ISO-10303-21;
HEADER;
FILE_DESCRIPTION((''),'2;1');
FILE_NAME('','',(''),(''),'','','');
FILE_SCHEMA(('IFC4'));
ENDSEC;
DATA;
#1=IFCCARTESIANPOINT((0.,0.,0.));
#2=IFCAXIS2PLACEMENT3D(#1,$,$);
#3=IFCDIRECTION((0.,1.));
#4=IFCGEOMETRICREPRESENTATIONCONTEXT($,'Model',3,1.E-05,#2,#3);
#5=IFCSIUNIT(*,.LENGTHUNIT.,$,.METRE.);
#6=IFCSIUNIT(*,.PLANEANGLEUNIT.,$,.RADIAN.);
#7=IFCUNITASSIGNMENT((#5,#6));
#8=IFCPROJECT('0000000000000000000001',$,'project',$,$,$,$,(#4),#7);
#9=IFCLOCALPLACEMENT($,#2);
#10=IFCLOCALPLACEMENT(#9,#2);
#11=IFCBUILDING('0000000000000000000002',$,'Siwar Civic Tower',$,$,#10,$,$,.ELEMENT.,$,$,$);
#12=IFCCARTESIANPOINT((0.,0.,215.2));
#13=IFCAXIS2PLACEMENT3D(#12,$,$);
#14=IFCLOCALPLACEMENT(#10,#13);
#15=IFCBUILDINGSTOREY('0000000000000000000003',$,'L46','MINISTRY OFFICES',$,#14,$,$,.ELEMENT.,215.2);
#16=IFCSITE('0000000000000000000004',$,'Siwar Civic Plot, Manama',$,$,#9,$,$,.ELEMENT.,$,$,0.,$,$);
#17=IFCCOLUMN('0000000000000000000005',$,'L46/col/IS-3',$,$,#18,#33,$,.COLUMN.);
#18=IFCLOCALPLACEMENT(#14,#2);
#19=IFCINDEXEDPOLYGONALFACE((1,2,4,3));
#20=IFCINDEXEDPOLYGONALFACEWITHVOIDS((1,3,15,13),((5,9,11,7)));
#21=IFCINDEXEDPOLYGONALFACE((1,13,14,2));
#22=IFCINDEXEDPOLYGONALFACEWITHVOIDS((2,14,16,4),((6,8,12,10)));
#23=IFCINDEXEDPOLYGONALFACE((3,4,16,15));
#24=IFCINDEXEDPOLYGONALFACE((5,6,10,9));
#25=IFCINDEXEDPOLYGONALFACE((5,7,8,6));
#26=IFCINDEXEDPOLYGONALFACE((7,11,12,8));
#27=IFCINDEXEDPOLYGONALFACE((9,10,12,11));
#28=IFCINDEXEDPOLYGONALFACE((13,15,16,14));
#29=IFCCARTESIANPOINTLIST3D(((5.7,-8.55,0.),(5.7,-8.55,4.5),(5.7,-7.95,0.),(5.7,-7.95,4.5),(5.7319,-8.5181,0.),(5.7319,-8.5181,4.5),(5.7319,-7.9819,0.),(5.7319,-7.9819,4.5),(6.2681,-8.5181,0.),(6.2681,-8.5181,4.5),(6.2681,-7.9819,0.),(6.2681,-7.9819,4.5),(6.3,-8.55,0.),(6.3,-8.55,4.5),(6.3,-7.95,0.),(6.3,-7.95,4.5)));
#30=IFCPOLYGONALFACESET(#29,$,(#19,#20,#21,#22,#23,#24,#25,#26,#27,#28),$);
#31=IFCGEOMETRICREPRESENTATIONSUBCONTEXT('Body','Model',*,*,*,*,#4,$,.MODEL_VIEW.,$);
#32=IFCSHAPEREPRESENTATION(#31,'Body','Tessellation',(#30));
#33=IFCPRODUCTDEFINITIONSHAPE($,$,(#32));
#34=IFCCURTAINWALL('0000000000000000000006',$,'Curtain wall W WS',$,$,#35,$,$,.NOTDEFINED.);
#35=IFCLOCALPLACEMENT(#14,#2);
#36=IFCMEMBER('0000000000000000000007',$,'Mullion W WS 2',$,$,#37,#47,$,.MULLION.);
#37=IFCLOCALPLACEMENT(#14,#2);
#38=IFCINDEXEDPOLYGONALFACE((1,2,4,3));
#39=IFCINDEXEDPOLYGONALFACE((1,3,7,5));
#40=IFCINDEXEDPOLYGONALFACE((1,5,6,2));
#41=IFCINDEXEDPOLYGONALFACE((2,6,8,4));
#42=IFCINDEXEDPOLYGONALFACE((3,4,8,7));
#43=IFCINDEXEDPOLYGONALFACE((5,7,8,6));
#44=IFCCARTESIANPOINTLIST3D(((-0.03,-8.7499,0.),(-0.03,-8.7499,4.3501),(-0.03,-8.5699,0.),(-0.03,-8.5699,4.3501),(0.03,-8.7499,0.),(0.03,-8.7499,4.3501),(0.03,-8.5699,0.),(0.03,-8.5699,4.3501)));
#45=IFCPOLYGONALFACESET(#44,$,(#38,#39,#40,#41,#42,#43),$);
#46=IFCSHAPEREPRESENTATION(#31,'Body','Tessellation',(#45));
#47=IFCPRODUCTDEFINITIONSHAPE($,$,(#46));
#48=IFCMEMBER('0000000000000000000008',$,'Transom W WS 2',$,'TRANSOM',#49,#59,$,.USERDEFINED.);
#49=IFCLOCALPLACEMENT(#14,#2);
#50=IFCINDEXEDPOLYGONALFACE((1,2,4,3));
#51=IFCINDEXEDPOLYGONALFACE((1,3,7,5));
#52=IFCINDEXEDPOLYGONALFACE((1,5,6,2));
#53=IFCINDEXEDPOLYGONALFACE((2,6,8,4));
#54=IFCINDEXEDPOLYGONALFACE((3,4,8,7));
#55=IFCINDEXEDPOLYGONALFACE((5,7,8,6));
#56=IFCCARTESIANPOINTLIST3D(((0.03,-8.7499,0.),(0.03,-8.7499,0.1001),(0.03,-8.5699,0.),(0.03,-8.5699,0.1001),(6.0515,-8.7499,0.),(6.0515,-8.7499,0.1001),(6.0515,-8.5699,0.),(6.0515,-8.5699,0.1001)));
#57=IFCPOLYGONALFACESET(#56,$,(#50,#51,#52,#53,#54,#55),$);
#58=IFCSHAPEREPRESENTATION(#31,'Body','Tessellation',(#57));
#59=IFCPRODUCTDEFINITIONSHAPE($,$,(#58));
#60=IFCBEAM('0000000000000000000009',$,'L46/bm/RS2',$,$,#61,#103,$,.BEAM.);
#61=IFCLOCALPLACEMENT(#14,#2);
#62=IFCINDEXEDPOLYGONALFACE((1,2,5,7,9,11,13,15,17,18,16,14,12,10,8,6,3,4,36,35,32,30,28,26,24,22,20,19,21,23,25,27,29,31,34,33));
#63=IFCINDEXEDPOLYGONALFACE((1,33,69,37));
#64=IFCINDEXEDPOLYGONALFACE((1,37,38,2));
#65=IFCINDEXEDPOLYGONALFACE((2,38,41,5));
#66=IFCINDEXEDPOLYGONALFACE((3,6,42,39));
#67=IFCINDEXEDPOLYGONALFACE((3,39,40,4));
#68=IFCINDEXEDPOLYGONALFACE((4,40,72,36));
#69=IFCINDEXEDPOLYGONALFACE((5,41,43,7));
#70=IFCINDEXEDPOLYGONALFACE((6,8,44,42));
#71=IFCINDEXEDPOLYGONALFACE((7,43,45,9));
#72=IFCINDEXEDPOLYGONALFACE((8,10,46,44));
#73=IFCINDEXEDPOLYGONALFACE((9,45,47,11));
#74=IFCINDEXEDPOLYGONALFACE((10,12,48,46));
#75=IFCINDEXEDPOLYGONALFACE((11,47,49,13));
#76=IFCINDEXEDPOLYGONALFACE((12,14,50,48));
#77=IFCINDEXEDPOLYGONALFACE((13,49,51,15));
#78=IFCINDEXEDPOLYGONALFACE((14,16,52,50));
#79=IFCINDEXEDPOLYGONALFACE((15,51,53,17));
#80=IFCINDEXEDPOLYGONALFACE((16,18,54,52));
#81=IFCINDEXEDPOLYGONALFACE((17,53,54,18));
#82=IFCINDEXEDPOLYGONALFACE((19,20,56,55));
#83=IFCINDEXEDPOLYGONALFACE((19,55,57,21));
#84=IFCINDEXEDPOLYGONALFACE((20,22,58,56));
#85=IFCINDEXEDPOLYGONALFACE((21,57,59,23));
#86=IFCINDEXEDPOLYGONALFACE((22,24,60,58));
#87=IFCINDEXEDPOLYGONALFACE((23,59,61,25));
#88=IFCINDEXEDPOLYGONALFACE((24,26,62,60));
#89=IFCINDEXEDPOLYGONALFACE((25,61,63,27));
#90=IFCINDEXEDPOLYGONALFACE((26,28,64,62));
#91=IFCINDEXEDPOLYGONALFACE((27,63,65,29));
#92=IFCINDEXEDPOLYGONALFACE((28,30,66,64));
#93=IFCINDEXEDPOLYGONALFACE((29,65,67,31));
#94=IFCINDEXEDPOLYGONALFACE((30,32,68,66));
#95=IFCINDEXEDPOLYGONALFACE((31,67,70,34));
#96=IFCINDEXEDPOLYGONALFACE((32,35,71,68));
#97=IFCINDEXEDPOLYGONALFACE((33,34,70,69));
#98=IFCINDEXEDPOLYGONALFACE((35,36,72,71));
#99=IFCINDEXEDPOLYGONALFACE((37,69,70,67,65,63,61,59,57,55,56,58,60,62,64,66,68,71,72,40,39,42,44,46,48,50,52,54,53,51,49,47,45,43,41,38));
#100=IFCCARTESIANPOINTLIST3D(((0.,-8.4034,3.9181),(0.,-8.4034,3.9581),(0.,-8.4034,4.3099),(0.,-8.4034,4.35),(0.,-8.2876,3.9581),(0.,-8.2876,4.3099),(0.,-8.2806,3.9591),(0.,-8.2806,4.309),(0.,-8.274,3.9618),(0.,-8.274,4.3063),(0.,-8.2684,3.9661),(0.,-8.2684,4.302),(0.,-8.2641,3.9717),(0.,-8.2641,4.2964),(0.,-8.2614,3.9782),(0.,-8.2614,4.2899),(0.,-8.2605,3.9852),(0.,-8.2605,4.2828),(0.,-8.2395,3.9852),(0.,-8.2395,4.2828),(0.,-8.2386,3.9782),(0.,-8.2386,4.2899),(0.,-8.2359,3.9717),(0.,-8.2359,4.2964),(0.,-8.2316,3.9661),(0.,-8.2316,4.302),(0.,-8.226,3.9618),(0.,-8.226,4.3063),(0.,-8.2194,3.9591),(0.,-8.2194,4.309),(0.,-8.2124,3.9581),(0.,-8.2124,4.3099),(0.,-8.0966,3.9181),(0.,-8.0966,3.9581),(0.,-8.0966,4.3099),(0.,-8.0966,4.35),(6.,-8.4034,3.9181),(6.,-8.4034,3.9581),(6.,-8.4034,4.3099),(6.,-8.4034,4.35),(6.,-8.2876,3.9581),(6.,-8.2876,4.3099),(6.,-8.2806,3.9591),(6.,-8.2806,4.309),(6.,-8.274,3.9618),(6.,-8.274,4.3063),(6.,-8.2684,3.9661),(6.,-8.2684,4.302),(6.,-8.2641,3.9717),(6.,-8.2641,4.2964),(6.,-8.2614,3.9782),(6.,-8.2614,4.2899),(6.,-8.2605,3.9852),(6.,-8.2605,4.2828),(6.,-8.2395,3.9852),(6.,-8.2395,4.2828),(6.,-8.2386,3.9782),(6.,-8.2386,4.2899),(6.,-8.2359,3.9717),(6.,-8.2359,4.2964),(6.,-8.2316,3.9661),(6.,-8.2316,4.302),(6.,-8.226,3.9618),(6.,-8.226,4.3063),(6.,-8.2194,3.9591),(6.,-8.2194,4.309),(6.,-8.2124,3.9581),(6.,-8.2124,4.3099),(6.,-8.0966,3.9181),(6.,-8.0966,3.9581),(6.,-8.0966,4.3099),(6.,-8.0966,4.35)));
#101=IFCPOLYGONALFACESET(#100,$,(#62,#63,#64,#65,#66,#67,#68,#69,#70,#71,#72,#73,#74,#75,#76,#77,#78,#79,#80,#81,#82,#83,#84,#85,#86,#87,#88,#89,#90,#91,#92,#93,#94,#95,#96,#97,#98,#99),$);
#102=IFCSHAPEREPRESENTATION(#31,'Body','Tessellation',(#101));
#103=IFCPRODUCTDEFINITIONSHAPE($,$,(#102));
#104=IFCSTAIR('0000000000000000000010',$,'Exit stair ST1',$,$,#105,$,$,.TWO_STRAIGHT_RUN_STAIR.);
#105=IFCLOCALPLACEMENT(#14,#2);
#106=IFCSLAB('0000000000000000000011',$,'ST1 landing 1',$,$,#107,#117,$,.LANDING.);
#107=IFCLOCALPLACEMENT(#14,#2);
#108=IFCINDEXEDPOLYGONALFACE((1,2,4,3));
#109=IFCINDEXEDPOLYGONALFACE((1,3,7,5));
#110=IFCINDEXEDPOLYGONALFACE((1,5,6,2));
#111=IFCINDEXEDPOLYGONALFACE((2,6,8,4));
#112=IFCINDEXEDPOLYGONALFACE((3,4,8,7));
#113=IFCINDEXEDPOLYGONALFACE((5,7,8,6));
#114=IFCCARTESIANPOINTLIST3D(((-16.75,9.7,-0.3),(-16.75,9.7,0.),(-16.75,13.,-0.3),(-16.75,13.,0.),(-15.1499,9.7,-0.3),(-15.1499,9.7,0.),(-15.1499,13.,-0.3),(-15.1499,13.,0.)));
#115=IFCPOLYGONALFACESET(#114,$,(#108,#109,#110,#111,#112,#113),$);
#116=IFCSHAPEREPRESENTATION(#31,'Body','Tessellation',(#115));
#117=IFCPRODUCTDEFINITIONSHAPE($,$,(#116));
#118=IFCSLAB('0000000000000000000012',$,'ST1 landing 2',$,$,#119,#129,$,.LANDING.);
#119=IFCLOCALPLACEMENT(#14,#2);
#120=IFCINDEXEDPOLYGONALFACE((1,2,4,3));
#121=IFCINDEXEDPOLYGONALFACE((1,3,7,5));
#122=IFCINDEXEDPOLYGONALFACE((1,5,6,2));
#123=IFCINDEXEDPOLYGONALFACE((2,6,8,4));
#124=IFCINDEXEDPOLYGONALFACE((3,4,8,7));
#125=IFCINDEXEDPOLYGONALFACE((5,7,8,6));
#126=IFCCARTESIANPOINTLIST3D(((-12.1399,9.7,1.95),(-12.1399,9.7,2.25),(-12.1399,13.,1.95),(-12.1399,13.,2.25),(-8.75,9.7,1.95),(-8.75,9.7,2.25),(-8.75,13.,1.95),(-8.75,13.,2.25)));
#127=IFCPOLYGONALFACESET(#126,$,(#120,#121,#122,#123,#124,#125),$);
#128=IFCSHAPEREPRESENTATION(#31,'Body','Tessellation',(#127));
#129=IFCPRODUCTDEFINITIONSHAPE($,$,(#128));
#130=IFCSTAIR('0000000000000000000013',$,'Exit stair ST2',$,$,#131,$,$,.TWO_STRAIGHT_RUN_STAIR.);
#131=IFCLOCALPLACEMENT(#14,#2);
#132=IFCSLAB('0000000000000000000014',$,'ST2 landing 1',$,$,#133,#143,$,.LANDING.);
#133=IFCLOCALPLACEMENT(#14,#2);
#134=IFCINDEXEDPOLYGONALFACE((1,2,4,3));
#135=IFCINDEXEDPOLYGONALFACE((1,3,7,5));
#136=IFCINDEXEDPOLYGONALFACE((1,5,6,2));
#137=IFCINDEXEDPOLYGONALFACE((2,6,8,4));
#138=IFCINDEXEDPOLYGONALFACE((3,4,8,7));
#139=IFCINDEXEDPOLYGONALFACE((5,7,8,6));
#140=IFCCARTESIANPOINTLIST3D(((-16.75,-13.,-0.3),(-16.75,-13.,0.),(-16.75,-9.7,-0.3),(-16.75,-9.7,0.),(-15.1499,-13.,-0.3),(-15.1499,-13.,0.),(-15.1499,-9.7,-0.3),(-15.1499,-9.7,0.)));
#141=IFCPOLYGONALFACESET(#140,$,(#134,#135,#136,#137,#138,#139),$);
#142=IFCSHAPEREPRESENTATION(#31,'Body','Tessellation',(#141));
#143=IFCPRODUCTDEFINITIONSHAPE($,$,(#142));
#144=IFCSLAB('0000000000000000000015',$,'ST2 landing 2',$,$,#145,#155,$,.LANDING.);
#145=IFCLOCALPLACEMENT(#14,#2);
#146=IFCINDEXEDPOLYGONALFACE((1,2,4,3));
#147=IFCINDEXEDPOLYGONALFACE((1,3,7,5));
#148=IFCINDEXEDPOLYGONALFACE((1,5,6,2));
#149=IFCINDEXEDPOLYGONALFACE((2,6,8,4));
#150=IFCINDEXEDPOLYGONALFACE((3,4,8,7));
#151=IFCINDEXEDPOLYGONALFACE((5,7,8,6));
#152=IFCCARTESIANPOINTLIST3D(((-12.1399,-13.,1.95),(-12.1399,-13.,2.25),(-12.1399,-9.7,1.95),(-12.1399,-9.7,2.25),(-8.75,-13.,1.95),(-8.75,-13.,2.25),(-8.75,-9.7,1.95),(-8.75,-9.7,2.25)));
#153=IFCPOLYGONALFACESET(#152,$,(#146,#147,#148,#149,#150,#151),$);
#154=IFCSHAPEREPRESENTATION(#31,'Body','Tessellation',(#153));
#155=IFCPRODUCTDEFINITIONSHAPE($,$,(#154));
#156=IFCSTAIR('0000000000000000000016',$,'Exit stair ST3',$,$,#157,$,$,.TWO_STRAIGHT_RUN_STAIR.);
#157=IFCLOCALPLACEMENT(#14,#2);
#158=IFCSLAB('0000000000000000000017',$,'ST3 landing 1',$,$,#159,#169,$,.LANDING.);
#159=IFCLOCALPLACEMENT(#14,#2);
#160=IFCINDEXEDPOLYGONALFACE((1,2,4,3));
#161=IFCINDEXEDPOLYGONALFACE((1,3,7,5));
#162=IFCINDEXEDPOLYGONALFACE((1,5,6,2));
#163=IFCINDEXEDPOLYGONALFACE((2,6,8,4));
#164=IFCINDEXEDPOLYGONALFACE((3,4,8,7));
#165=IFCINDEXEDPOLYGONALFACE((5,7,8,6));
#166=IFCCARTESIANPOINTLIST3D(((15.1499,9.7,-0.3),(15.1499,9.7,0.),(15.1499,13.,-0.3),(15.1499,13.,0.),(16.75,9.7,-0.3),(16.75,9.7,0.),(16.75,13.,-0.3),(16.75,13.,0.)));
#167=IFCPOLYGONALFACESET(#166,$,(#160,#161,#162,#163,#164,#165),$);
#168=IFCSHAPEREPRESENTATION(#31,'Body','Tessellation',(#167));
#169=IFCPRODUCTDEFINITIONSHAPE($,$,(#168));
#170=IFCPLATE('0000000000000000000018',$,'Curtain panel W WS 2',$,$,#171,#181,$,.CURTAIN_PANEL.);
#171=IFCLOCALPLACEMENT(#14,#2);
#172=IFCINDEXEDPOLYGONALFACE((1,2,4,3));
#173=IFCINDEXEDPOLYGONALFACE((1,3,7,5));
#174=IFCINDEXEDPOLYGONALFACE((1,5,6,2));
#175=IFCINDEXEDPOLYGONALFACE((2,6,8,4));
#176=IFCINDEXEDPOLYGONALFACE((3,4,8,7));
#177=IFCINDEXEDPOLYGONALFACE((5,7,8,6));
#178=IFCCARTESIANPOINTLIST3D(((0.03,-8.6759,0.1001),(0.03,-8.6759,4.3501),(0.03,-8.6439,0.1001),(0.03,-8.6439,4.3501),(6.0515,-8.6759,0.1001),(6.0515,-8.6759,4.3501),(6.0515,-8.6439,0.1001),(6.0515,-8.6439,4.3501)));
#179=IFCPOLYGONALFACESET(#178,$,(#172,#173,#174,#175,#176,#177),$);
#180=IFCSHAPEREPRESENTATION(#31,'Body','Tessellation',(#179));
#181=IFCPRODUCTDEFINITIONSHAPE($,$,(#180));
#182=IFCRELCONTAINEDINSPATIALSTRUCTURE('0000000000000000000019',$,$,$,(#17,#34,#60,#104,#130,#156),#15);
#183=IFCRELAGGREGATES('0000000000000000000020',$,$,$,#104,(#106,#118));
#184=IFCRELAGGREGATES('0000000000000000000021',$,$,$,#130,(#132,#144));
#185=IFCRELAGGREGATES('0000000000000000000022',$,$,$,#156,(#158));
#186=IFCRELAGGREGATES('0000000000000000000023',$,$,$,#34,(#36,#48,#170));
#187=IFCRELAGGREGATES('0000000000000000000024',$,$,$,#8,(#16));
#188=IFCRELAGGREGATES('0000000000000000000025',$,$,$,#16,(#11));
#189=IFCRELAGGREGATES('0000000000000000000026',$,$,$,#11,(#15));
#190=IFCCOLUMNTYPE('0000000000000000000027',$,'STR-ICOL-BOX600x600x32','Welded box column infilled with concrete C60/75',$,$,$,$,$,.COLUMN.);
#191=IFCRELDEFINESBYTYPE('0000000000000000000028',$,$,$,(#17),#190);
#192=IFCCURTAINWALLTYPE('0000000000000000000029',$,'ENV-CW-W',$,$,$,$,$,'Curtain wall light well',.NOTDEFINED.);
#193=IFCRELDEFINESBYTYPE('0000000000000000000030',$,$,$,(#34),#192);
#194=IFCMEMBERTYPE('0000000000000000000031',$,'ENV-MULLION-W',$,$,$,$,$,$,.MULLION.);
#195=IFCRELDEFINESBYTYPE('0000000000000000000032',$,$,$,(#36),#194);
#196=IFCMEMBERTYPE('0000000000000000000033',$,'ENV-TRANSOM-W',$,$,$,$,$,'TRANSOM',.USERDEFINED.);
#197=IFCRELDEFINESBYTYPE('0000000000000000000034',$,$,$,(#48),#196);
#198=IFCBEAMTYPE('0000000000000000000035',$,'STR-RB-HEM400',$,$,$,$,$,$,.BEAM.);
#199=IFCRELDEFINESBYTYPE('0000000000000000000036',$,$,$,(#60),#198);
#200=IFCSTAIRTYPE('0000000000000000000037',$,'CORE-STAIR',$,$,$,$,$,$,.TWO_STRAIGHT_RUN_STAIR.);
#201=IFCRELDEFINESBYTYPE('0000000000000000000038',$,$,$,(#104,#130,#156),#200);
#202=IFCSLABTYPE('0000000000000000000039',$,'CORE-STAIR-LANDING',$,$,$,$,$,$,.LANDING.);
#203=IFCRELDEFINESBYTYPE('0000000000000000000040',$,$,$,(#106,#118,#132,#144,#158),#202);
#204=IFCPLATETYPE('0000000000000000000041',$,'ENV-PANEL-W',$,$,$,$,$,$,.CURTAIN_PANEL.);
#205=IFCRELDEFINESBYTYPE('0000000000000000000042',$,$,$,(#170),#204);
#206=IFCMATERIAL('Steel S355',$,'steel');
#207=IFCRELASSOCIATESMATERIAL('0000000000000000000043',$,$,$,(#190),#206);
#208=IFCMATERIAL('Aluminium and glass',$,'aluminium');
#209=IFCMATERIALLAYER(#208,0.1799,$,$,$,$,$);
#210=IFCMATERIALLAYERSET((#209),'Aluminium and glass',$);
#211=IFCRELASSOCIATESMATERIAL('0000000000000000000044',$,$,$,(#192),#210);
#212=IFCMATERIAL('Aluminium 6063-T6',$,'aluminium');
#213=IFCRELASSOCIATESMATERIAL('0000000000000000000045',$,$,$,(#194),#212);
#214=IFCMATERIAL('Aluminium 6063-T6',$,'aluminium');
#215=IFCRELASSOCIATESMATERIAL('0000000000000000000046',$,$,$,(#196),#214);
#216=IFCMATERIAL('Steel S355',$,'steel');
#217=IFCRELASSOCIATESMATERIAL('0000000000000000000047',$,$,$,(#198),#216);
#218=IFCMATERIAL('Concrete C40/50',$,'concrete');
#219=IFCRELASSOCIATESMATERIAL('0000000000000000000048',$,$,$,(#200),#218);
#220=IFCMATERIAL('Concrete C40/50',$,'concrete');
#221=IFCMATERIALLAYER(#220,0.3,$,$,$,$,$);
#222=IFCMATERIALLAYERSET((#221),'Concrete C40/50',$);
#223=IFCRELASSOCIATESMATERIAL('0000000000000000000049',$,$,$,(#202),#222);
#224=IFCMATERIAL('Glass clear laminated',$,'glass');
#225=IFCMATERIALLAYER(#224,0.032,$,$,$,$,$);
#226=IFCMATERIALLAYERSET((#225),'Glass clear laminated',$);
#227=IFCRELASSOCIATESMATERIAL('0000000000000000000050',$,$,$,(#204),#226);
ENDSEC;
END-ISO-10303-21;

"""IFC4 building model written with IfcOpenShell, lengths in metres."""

from ifc_helpers import new_model, si_unit, direction, frame, origin, origin_2d, place, context, subcontext, project, spatial, polyline, rectangle, hollow_rectangle, i_section, outline, extrude, material, layer, layer_set, material_profile, profile_set, type_object, element, aggregate, save


model = new_model("IFC4")

# Units and contexts
model_context = context("Model", 3, precision=1e-05, world=origin(), true_north=direction((0.0, 1.0)))
body_context = subcontext(model_context, "Body", "Model", "MODEL_VIEW")
ifc_project = project(units=[si_unit("LENGTHUNIT", "METRE"), si_unit("PLANEANGLEUNIT", "RADIAN")], contexts=[model_context])

# Site, building, storey
site_placement = place(None, origin())
site = spatial("IfcSite", under=ifc_project, at=site_placement, Name="Siwar Civic Plot, Manama", CompositionType="ELEMENT", RefElevation=0.0)
building_placement = place(site_placement, origin())
building = spatial("IfcBuilding", under=site, at=building_placement, Name="Siwar Civic Tower", CompositionType="ELEMENT")
storey_placement = place(building_placement, frame((0.0, 0.0, 215.2)))
storey = spatial("IfcBuildingStorey", under=building, at=storey_placement, Name="L46", Description="MINISTRY OFFICES", CompositionType="ELEMENT", Elevation=215.2)

# Column
ifc_material_1 = material(Name="Steel S355", Category="steel")
ifc_material_profile_1 = material_profile(ifc_material_1, hollow_rectangle(XDim=0.6001, YDim=0.6001, WallThickness=0.032, at=origin_2d()), Name="BOX600x600x32")
ifc_profile_set_1 = profile_set([ifc_material_profile_1], Name="Steel S355")
column_type = type_object("IfcColumnType", Name="STR-ICOL-BOX600x600x32", Description="Welded box column infilled with concrete C60/75", PredefinedType="COLUMN", material=ifc_profile_set_1)
column_placement = place(storey_placement, frame((6.0, -8.25, 0.0), z_axis=(0.0, 0.0, 1.0), x_axis=(1.0, 0.0, 0.0)))
element("IfcColumn", 1, at=column_placement, inside=storey, type_object=column_type, Name="L46/col/IS-3", PredefinedType="COLUMN", context=body_context, shape_type="SweptSolid", body=[
    extrude(hollow_rectangle(XDim=0.6001, YDim=0.6001, WallThickness=0.032, at=origin_2d()), origin(), (0.0, 0.0, 1.0), 4.5),
])

# Curtain wall, members
ifc_material_2 = material(Name="Aluminium and glass", Category="aluminium")
ifc_layer_1 = layer(ifc_material_2, 0.1799)
ifc_layer_set_1 = layer_set([ifc_layer_1], Name="Aluminium and glass")
curtain_wall_type = type_object("IfcCurtainWallType", Name="ENV-CW-W", ElementType="Curtain wall light well", PredefinedType="NOTDEFINED", material=ifc_layer_set_1)
curtain_wall_placement = place(storey_placement, origin())
curtain_wall = element("IfcCurtainWall", 2, at=curtain_wall_placement, inside=storey, type_object=curtain_wall_type, Name="Curtain wall W WS", PredefinedType="NOTDEFINED")
ifc_material_3 = material(Name="Aluminium 6063-T6", Category="aluminium")
ifc_material_profile_2 = material_profile(ifc_material_3, rectangle(XDim=0.1799, YDim=0.0601, at=origin_2d()), Name="AL 180x60")
ifc_profile_set_2 = profile_set([ifc_material_profile_2], Name="Aluminium 6063-T6")
member_type_1 = type_object("IfcMemberType", Name="ENV-MULLION-W", PredefinedType="MULLION", material=ifc_profile_set_2)
member_1_placement = place(storey_placement, frame((0.0, -8.6599, 0.0), z_axis=(0.0, 0.0, 1.0), x_axis=(0.0, 1.0, 0.0)))
member_1 = element("IfcMember", 3, at=member_1_placement, type_object=member_type_1, Name="Mullion W WS 2", PredefinedType="MULLION", context=body_context, shape_type="SweptSolid", body=[
    extrude(rectangle(XDim=0.1799, YDim=0.0601, at=origin_2d()), origin(), (0.0, 0.0, 1.0), 4.3501),
])
ifc_material_4 = material(Name="Aluminium 6063-T6", Category="aluminium")
ifc_material_profile_3 = material_profile(ifc_material_4, rectangle(XDim=0.1799, YDim=0.1001, at=origin_2d()), Name="AL 180x100")
ifc_profile_set_3 = profile_set([ifc_material_profile_3], Name="Aluminium 6063-T6")
member_type_2 = type_object("IfcMemberType", Name="ENV-TRANSOM-W", ElementType="TRANSOM", PredefinedType="USERDEFINED", material=ifc_profile_set_3)
member_2_placement = place(storey_placement, frame((0.03, -8.6599, 0.05), z_axis=(1.0, 0.0, 0.0), x_axis=(0.0, 1.0, 0.0)))
member_2 = element("IfcMember", 4, at=member_2_placement, type_object=member_type_2, Name="Transom W WS 2", ObjectType="TRANSOM", PredefinedType="USERDEFINED", context=body_context, shape_type="SweptSolid", body=[
    extrude(rectangle(XDim=0.1799, YDim=0.1001, at=origin_2d()), origin(), (0.0, 0.0, 1.0), 6.0215),
])

# Beam
ifc_material_5 = material(Name="Steel S355", Category="steel")
ifc_material_profile_4 = material_profile(ifc_material_5, i_section(OverallWidth=0.3069, OverallDepth=0.4319, WebThickness=0.021, FlangeThickness=0.04, FilletRadius=0.0271, at=origin_2d()), Name="HEM400")
ifc_profile_set_4 = profile_set([ifc_material_profile_4], Name="Steel S355")
beam_type = type_object("IfcBeamType", Name="STR-RB-HEM400", PredefinedType="BEAM", material=ifc_profile_set_4)
beam_placement = place(storey_placement, frame((0.0, -8.25, 4.134), z_axis=(1.0, 0.0, 0.0), x_axis=(0.0, 1.0, 0.0)))
element("IfcBeam", 5, at=beam_placement, inside=storey, type_object=beam_type, Name="L46/bm/RS2", PredefinedType="BEAM", context=body_context, shape_type="SweptSolid", body=[
    extrude(i_section(OverallWidth=0.3069, OverallDepth=0.4319, WebThickness=0.021, FlangeThickness=0.04, FilletRadius=0.0271, at=origin_2d()), origin(), (0.0, 0.0, 1.0), 6.0),
])

# Stairs, slabs
ifc_material_6 = material(Name="Concrete C40/50", Category="concrete")
stair_type = type_object("IfcStairType", Name="CORE-STAIR", PredefinedType="TWO_STRAIGHT_RUN_STAIR", material=ifc_material_6)
stair_1_placement = place(storey_placement, origin())
stair_1 = element("IfcStair", 6, at=stair_1_placement, inside=storey, type_object=stair_type, Name="Exit stair ST1", PredefinedType="TWO_STRAIGHT_RUN_STAIR")
ifc_material_7 = material(Name="Concrete C40/50", Category="concrete")
ifc_layer_2 = layer(ifc_material_7, 0.3)
ifc_layer_set_2 = layer_set([ifc_layer_2], Name="Concrete C40/50")
slab_type = type_object("IfcSlabType", Name="CORE-STAIR-LANDING", PredefinedType="LANDING", material=ifc_layer_set_2)
slab_1_placement = place(storey_placement, frame((0.0, 0.0, -0.3)))
slab_1 = element("IfcSlab", 7, at=slab_1_placement, type_object=slab_type, Name="ST1 landing 1", PredefinedType="LANDING", context=body_context, shape_type="SweptSolid", body=[
    extrude(outline(polyline([(-15.1499, 13.0), (-16.75, 13.0), (-16.75, 9.7), (-15.1499, 9.7), (-15.1499, 13.0)])), origin(), (0.0, 0.0, 1.0), 0.3),
])
slab_2_placement = place(storey_placement, frame((0.0, 0.0, 1.95)))
slab_2 = element("IfcSlab", 8, at=slab_2_placement, type_object=slab_type, Name="ST1 landing 2", PredefinedType="LANDING", context=body_context, shape_type="SweptSolid", body=[
    extrude(outline(polyline([(-8.75, 13.0), (-12.1399, 13.0), (-12.1399, 9.7), (-8.75, 9.7), (-8.75, 13.0)])), origin(), (0.0, 0.0, 1.0), 0.3),
])
aggregate(stair_1, [slab_1, slab_2])
stair_2_placement = place(storey_placement, origin())
stair_2 = element("IfcStair", 9, at=stair_2_placement, inside=storey, type_object=stair_type, Name="Exit stair ST2", PredefinedType="TWO_STRAIGHT_RUN_STAIR")
slab_3_placement = place(storey_placement, frame((0.0, 0.0, -0.3)))
slab_3 = element("IfcSlab", 10, at=slab_3_placement, type_object=slab_type, Name="ST2 landing 1", PredefinedType="LANDING", context=body_context, shape_type="SweptSolid", body=[
    extrude(outline(polyline([(-15.1499, -9.7), (-16.75, -9.7), (-16.75, -13.0), (-15.1499, -13.0), (-15.1499, -9.7)])), origin(), (0.0, 0.0, 1.0), 0.3),
])
slab_4_placement = place(storey_placement, frame((0.0, 0.0, 1.95)))
slab_4 = element("IfcSlab", 11, at=slab_4_placement, type_object=slab_type, Name="ST2 landing 2", PredefinedType="LANDING", context=body_context, shape_type="SweptSolid", body=[
    extrude(outline(polyline([(-8.75, -9.7), (-12.1399, -9.7), (-12.1399, -13.0), (-8.75, -13.0), (-8.75, -9.7)])), origin(), (0.0, 0.0, 1.0), 0.3),
])
aggregate(stair_2, [slab_3, slab_4])

# Stair, slab
stair_3_placement = place(storey_placement, origin())
stair_3 = element("IfcStair", 12, at=stair_3_placement, inside=storey, type_object=stair_type, Name="Exit stair ST3", PredefinedType="TWO_STRAIGHT_RUN_STAIR")
slab_5_placement = place(storey_placement, frame((0.0, 0.0, -0.3)))
slab_5 = element("IfcSlab", 13, at=slab_5_placement, type_object=slab_type, Name="ST3 landing 1", PredefinedType="LANDING", context=body_context, shape_type="SweptSolid", body=[
    extrude(outline(polyline([(15.1499, 9.7), (16.75, 9.7), (16.75, 13.0), (15.1499, 13.0), (15.1499, 9.7)])), origin(), (0.0, 0.0, 1.0), 0.3),
])
aggregate(stair_3, [slab_5])

# Plate
ifc_material_8 = material(Name="Glass clear laminated", Category="glass")
ifc_layer_3 = layer(ifc_material_8, 0.032)
ifc_layer_set_3 = layer_set([ifc_layer_3], Name="Glass clear laminated")
plate_type = type_object("IfcPlateType", Name="ENV-PANEL-W", PredefinedType="CURTAIN_PANEL", material=ifc_layer_set_3)
plate_placement = place(storey_placement, frame((3.0408, -8.6599, 0.1001), z_axis=(0.0, 0.0, 1.0), x_axis=(1.0, 0.0, 0.0)))
plate = element("IfcPlate", 14, at=plate_placement, type_object=plate_type, Name="Curtain panel W WS 2", PredefinedType="CURTAIN_PANEL", context=body_context, shape_type="SweptSolid", body=[
    extrude(rectangle(XDim=6.0215, YDim=0.032, at=origin_2d()), origin(), (0.0, 0.0, 1.0), 4.25),
])
aggregate(curtain_wall, [member_1, member_2, plate])

save(model, "model.ifc")
